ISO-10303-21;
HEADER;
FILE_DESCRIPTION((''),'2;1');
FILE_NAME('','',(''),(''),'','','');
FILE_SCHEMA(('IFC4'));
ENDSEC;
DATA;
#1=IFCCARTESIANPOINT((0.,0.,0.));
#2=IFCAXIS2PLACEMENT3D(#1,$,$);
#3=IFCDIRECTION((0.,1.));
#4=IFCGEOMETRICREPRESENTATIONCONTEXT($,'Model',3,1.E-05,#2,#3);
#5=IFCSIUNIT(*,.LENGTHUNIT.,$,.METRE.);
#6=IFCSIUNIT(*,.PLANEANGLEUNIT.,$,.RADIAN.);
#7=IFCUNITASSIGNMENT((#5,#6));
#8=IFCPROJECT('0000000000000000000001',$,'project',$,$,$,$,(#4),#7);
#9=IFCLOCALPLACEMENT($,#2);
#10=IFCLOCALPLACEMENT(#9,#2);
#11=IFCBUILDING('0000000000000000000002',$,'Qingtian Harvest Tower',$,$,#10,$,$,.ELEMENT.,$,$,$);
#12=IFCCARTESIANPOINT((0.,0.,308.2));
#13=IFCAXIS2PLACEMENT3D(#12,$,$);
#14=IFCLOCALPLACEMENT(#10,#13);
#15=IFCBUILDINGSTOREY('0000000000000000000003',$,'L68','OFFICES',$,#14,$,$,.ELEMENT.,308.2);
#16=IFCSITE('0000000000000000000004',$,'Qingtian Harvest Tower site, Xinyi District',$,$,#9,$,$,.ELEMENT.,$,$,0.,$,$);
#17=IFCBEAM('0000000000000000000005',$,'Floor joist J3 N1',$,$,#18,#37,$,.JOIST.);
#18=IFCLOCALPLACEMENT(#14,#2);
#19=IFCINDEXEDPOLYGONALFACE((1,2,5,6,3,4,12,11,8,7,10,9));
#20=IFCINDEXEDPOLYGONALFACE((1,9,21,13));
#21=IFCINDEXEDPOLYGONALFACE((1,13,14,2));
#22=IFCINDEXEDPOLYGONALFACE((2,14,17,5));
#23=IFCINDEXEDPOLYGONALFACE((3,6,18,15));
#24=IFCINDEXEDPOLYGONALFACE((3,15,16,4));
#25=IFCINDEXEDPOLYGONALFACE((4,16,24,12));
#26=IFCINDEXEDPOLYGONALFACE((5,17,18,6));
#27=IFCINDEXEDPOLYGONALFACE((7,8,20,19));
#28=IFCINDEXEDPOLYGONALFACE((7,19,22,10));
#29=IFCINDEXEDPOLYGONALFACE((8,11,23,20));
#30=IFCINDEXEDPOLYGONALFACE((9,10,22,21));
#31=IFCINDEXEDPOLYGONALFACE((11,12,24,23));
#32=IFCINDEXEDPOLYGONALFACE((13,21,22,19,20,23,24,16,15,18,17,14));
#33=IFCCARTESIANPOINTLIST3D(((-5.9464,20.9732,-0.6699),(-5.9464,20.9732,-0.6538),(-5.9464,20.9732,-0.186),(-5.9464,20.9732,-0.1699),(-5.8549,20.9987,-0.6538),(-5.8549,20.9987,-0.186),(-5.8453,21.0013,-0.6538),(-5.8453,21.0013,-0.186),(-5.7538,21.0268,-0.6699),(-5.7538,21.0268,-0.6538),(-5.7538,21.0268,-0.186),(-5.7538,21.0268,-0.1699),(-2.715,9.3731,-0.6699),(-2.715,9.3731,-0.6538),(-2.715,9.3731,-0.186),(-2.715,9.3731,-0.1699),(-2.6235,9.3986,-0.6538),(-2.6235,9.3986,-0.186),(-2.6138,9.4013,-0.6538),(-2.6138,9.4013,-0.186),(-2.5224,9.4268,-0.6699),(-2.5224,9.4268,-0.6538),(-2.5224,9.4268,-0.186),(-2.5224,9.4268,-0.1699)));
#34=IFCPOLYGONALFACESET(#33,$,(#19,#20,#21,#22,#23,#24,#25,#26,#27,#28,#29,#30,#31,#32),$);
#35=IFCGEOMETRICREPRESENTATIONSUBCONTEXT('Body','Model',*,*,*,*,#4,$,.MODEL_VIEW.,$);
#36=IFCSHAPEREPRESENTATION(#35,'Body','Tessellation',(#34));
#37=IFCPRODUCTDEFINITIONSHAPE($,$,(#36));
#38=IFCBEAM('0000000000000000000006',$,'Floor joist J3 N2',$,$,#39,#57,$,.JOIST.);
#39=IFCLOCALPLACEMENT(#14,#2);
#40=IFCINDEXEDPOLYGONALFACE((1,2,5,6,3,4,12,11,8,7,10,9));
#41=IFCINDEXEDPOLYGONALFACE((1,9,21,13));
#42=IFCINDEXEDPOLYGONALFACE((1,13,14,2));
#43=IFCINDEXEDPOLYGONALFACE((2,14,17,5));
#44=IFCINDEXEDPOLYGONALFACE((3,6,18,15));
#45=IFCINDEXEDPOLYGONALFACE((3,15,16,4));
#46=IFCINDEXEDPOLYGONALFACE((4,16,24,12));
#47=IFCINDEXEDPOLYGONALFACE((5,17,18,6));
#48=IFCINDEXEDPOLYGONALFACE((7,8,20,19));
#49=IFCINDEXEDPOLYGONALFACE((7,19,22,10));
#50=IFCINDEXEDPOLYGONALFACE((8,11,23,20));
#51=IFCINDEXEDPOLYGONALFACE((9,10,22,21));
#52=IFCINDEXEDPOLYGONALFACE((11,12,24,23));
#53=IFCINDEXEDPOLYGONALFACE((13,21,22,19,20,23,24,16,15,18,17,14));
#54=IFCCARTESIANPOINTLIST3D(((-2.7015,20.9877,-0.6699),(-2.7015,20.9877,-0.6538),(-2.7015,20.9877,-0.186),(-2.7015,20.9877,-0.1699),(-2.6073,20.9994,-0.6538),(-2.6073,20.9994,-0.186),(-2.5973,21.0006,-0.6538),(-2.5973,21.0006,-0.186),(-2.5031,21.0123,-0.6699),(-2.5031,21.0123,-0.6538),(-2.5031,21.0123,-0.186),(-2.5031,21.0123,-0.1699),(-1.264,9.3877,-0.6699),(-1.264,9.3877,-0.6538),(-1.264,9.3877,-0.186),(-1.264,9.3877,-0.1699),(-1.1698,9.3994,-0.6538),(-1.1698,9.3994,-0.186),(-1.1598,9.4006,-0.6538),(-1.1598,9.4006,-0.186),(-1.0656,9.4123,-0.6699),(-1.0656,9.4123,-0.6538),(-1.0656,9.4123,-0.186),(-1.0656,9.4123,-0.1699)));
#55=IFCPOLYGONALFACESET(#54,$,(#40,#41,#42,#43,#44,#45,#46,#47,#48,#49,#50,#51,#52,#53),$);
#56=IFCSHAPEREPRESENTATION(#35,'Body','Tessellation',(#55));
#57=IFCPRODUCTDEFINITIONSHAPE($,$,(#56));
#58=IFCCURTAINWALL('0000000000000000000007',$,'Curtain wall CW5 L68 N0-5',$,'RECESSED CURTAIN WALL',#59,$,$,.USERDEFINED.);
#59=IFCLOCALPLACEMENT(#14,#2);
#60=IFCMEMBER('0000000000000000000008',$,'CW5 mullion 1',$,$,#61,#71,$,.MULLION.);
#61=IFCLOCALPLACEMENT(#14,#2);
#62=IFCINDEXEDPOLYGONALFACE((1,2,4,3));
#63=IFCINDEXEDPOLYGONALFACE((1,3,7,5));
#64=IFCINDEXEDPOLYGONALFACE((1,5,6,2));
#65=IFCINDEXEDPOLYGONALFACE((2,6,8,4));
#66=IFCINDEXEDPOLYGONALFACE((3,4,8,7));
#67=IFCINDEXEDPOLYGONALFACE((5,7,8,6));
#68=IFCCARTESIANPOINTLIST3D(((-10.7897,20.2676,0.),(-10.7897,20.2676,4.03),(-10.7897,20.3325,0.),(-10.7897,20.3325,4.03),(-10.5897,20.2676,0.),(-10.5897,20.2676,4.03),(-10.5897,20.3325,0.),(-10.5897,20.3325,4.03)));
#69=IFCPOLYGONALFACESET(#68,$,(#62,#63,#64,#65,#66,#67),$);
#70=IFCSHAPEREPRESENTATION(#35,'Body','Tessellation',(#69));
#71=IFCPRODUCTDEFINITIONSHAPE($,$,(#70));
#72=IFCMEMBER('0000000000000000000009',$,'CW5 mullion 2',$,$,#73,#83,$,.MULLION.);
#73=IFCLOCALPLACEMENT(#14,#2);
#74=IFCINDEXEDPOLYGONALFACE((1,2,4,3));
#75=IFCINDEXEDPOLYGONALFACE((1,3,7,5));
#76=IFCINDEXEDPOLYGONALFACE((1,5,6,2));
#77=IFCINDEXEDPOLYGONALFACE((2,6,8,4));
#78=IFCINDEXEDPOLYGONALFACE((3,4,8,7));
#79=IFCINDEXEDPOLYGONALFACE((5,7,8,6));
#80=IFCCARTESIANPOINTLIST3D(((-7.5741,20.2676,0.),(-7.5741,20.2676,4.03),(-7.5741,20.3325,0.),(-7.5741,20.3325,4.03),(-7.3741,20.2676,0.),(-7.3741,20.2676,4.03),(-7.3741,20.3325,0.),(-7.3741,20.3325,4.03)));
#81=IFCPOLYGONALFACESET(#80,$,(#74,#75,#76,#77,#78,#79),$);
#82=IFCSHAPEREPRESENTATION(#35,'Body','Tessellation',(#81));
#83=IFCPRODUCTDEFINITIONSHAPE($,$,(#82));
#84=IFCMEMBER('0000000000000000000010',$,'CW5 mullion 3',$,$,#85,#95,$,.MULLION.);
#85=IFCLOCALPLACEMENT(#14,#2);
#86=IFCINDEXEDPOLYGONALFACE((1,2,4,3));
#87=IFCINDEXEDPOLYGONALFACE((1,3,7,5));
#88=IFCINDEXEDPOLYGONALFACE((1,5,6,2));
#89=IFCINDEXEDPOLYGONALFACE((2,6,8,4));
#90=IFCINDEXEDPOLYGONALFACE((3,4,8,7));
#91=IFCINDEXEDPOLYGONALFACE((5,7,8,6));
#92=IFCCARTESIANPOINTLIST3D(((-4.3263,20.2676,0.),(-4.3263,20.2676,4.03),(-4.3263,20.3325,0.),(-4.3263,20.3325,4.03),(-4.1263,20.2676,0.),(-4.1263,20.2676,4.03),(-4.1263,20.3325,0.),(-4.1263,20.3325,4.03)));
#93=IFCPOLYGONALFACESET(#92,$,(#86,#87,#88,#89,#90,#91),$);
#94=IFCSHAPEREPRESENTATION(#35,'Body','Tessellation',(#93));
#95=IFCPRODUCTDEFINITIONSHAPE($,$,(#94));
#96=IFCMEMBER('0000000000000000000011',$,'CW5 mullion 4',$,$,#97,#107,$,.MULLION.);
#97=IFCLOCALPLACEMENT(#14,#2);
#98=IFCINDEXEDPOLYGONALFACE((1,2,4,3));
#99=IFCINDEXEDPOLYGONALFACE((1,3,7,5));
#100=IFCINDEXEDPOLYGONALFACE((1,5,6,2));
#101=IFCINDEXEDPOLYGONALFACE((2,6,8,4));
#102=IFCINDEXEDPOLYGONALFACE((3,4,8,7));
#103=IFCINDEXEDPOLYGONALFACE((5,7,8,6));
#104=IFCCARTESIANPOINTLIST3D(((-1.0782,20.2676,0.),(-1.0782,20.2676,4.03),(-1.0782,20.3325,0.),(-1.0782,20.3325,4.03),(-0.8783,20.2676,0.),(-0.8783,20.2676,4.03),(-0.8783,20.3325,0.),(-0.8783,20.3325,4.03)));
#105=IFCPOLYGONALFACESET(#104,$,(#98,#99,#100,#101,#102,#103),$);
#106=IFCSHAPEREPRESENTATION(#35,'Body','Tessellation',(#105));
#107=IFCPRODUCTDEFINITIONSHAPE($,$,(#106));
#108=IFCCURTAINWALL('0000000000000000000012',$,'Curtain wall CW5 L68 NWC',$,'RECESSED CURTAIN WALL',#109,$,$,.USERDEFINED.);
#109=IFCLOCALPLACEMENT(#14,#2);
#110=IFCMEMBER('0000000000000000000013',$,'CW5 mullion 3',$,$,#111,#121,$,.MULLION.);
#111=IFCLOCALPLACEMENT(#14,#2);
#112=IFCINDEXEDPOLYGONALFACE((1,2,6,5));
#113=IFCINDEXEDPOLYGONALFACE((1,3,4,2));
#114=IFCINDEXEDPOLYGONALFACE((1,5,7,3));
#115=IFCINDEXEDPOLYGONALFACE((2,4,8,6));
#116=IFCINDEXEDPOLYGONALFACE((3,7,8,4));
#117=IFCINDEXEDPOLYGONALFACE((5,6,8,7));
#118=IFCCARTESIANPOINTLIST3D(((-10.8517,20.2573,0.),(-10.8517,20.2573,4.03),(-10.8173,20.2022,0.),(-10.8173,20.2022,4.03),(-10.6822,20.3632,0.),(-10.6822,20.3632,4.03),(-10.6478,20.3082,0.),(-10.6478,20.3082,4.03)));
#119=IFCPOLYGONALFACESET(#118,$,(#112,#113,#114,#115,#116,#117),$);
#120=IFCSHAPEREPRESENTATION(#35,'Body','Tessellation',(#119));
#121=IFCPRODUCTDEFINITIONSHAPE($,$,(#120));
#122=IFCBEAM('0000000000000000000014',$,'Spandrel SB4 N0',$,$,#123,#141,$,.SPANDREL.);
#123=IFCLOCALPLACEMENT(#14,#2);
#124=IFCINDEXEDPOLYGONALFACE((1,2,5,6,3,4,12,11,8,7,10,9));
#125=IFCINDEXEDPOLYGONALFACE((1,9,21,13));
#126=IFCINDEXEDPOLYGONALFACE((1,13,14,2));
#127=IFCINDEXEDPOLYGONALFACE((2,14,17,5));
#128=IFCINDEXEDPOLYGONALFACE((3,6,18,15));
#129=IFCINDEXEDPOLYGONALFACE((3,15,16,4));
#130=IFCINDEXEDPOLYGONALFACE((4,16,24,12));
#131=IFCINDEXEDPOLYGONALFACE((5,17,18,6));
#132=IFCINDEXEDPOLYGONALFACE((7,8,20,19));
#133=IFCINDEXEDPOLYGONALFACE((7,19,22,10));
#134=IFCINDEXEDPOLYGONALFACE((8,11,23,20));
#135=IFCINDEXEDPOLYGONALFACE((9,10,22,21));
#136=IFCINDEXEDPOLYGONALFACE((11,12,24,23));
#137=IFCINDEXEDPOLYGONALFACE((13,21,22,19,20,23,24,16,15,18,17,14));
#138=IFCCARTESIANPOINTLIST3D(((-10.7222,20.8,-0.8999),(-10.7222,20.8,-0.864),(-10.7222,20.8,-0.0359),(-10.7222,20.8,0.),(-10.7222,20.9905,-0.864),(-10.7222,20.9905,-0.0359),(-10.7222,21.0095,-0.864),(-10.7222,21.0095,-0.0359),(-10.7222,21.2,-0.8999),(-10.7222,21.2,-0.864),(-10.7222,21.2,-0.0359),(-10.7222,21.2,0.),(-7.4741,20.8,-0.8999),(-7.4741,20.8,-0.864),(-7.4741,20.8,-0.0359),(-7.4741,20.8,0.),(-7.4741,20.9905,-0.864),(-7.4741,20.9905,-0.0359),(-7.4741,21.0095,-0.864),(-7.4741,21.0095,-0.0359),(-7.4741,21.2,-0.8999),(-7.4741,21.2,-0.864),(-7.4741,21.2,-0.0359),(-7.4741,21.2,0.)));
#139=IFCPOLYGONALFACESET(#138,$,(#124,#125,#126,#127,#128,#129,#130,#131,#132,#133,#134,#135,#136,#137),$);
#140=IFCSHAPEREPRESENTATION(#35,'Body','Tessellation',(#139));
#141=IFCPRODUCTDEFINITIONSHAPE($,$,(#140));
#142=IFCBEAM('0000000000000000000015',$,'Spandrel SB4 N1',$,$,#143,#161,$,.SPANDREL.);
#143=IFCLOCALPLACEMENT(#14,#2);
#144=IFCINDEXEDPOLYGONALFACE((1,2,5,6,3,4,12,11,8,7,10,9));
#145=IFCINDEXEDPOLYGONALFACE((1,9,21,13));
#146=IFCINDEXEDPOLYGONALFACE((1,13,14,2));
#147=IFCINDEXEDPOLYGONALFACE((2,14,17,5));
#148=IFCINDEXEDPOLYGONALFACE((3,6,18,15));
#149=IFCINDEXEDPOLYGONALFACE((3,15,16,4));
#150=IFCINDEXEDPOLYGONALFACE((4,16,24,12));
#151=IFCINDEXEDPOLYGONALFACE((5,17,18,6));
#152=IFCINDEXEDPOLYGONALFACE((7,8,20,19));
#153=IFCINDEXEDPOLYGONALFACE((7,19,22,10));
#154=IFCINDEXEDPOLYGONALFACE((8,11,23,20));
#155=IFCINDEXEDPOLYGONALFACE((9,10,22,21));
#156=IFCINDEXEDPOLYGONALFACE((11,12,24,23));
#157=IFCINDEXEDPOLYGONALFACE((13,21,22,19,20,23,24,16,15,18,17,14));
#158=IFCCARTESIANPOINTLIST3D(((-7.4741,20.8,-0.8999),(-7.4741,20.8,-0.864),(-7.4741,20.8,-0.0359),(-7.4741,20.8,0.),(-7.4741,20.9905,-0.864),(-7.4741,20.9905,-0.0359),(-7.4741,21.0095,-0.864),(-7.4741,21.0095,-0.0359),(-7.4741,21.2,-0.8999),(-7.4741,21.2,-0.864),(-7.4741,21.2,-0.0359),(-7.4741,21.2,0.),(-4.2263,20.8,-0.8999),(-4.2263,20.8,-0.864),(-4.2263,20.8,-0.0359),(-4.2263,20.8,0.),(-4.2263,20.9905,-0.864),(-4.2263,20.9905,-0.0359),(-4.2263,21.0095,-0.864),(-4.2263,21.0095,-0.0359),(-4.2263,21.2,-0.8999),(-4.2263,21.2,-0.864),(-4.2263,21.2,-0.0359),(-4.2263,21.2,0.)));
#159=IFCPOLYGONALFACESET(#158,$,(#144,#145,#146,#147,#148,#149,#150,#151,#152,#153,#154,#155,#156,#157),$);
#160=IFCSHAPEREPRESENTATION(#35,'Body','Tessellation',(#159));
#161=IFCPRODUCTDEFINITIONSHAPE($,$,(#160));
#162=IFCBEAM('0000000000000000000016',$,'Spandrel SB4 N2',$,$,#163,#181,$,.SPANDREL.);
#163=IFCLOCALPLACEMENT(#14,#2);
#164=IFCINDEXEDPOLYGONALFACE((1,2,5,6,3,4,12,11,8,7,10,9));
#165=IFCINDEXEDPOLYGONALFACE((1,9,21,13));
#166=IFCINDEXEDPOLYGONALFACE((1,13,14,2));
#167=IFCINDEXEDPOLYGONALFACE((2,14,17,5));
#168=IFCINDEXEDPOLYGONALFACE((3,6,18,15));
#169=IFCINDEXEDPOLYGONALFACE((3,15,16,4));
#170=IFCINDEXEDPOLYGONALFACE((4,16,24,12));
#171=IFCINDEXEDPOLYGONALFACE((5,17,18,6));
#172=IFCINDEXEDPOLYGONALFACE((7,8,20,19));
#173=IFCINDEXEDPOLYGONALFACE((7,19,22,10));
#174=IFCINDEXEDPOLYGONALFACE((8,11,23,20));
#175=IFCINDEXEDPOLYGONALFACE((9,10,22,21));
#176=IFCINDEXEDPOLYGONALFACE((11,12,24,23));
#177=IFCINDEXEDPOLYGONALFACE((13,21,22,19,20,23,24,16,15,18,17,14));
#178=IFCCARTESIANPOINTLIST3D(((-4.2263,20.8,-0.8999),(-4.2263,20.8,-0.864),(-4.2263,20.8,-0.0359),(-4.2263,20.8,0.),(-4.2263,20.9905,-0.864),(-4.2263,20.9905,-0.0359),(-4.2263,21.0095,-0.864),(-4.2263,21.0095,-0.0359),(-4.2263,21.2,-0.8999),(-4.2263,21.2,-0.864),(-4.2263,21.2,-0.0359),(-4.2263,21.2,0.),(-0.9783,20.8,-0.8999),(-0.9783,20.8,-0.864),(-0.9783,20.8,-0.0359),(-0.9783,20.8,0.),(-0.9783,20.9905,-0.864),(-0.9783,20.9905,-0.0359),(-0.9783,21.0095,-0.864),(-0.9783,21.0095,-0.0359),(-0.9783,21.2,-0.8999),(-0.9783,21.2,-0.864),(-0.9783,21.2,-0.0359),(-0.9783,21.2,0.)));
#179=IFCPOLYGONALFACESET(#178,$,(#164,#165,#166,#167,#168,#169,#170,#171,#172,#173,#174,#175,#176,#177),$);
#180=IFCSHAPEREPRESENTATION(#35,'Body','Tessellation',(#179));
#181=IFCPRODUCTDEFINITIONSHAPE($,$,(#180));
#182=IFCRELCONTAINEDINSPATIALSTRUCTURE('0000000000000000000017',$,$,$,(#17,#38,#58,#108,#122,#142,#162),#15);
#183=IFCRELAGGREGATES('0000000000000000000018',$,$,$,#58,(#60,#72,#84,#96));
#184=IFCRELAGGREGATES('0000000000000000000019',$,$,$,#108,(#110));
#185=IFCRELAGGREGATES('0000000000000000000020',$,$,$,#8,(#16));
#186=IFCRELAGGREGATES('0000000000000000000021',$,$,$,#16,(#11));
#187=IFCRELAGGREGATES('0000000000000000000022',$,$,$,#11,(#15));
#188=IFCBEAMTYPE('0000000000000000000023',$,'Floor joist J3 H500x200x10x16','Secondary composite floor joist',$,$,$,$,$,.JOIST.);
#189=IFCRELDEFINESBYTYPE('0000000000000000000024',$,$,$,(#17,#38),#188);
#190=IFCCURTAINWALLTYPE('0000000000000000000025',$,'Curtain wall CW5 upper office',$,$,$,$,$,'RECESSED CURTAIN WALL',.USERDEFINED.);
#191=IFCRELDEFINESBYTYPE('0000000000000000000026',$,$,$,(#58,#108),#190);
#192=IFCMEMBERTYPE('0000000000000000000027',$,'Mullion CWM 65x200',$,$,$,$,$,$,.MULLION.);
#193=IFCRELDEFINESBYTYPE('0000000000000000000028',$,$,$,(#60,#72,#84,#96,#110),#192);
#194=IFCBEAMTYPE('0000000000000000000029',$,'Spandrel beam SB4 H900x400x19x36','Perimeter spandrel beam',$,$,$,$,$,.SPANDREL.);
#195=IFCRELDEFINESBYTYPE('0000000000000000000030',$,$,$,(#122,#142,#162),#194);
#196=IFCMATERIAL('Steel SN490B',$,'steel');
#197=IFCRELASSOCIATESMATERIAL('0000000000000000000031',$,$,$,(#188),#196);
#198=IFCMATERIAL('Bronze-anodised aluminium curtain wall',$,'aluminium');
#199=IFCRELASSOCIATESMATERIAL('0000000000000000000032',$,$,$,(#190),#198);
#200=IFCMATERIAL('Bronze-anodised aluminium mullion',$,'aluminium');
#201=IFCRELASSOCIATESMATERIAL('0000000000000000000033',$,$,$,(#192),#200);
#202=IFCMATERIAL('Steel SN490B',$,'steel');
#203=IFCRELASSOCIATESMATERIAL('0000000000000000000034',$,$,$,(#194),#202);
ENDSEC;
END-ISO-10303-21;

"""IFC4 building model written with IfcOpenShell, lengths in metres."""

from ifc_helpers import new_model, si_unit, direction, frame, origin, origin_2d, place, context, subcontext, project, spatial, rectangle, i_section, extrude, material, material_profile, profile_set, type_object, element, aggregate, save


model = new_model("IFC4")

# Units and contexts
model_context = context("Model", 3, precision=1e-05, world=origin(), true_north=direction((0.0, 1.0)))
body_context = subcontext(model_context, "Body", "Model", "MODEL_VIEW")
ifc_project = project(units=[si_unit("LENGTHUNIT", "METRE"), si_unit("PLANEANGLEUNIT", "RADIAN")], contexts=[model_context])

# Site, building, storey
site_placement = place(None, origin())
site = spatial("IfcSite", under=ifc_project, at=site_placement, Name="Qingtian Harvest Tower site, Xinyi District", CompositionType="ELEMENT", RefElevation=0.0)
building_placement = place(site_placement, origin())
building = spatial("IfcBuilding", under=site, at=building_placement, Name="Qingtian Harvest Tower", CompositionType="ELEMENT")
storey_placement = place(building_placement, frame((0.0, 0.0, 308.2)))
storey = spatial("IfcBuildingStorey", under=building, at=storey_placement, Name="L68", Description="OFFICES", CompositionType="ELEMENT", Elevation=308.2)

# Beams
ifc_material_1 = material(Name="Steel SN490B", Category="steel")
ifc_material_profile_1 = material_profile(ifc_material_1, i_section(OverallWidth=0.2, OverallDepth=0.5, WebThickness=0.01, FlangeThickness=0.0161, at=origin_2d()), Name="H500x200x10x16")
ifc_profile_set_1 = profile_set([ifc_material_profile_1], Name="Steel SN490B")
beam_type_1 = type_object("IfcBeamType", Name="Floor joist J3 H500x200x10x16", Description="Secondary composite floor joist", PredefinedType="JOIST", material=ifc_profile_set_1)
beam_1_placement = place(storey_placement, frame((-5.8501, 21.0, -0.4199), z_axis=(0.268353, -0.963321, 0.0), x_axis=(0.963321, 0.268353, 0.0)))
element("IfcBeam", 1, at=beam_1_placement, inside=storey, type_object=beam_type_1, Name="Floor joist J3 N1", PredefinedType="JOIST", context=body_context, shape_type="SweptSolid", body=[
    extrude(i_section(OverallWidth=0.2, OverallDepth=0.5, WebThickness=0.01, FlangeThickness=0.0161, at=origin_2d()), origin(), (0.0, 0.0, 1.0), 12.0417),
])
beam_2_placement = place(storey_placement, frame((-2.6023, 21.0, -0.4199), z_axis=(0.122981, -0.992409, 0.0), x_axis=(0.992409, 0.122981, 0.0)))
element("IfcBeam", 2, at=beam_2_placement, inside=storey, type_object=beam_type_1, Name="Floor joist J3 N2", PredefinedType="JOIST", context=body_context, shape_type="SweptSolid", body=[
    extrude(i_section(OverallWidth=0.2, OverallDepth=0.5, WebThickness=0.01, FlangeThickness=0.0161, at=origin_2d()), origin(), (0.0, 0.0, 1.0), 11.6887),
])

# Curtain wall, members
ifc_material_2 = material(Name="Bronze-anodised aluminium curtain wall", Category="aluminium")
curtain_wall_type = type_object("IfcCurtainWallType", Name="Curtain wall CW5 upper office", ElementType="RECESSED CURTAIN WALL", PredefinedType="USERDEFINED", material=ifc_material_2)
curtain_wall_1_placement = place(storey_placement, origin())
curtain_wall_1 = element("IfcCurtainWall", 3, at=curtain_wall_1_placement, inside=storey, type_object=curtain_wall_type, Name="Curtain wall CW5 L68 N0-5", ObjectType="RECESSED CURTAIN WALL", PredefinedType="USERDEFINED")
ifc_material_3 = material(Name="Bronze-anodised aluminium mullion", Category="aluminium")
ifc_material_profile_2 = material_profile(ifc_material_3, rectangle(XDim=0.0649, YDim=0.2, at=origin_2d()), Name="AL 65x200")
ifc_profile_set_2 = profile_set([ifc_material_profile_2], Name="Bronze-anodised aluminium mullion")
member_type_1 = type_object("IfcMemberType", Name="Mullion CWM 65x200", PredefinedType="MULLION", material=ifc_profile_set_2)
member_1_placement = place(storey_placement, frame((-10.6897, 20.3, 0.0), z_axis=(0.0, 0.0, 1.0), x_axis=(0.0, 1.0, 0.0)))
member_1 = element("IfcMember", 4, at=member_1_placement, type_object=member_type_1, Name="CW5 mullion 1", PredefinedType="MULLION", context=body_context, shape_type="SweptSolid", body=[
    extrude(rectangle(XDim=0.0649, YDim=0.2, at=origin_2d()), origin(), (0.0, 0.0, 1.0), 4.03),
])
member_2_placement = place(storey_placement, frame((-7.4741, 20.3, 0.0), z_axis=(0.0, 0.0, 1.0), x_axis=(0.0, 1.0, 0.0)))
member_2 = element("IfcMember", 5, at=member_2_placement, type_object=member_type_1, Name="CW5 mullion 2", PredefinedType="MULLION", context=body_context, shape_type="SweptSolid", body=[
    extrude(rectangle(XDim=0.0649, YDim=0.2, at=origin_2d()), origin(), (0.0, 0.0, 1.0), 4.03),
])
member_3_placement = place(storey_placement, frame((-4.2263, 20.3, 0.0), z_axis=(0.0, 0.0, 1.0), x_axis=(0.0, 1.0, 0.0)))
member_3 = element("IfcMember", 6, at=member_3_placement, type_object=member_type_1, Name="CW5 mullion 3", PredefinedType="MULLION", context=body_context, shape_type="SweptSolid", body=[
    extrude(rectangle(XDim=0.0649, YDim=0.2, at=origin_2d()), origin(), (0.0, 0.0, 1.0), 4.03),
])
member_4_placement = place(storey_placement, frame((-0.9783, 20.3, 0.0), z_axis=(0.0, 0.0, 1.0), x_axis=(0.0, 1.0, 0.0)))
member_4 = element("IfcMember", 7, at=member_4_placement, type_object=member_type_1, Name="CW5 mullion 4", PredefinedType="MULLION", context=body_context, shape_type="SweptSolid", body=[
    extrude(rectangle(XDim=0.0649, YDim=0.2, at=origin_2d()), origin(), (0.0, 0.0, 1.0), 4.03),
])

# Curtain wall, member
curtain_wall_2_placement = place(storey_placement, origin())
curtain_wall_2 = element("IfcCurtainWall", 8, at=curtain_wall_2_placement, inside=storey, type_object=curtain_wall_type, Name="Curtain wall CW5 L68 NWC", ObjectType="RECESSED CURTAIN WALL", PredefinedType="USERDEFINED")
member_5_placement = place(storey_placement, frame((-10.7498, 20.2827, 0.0), z_axis=(0.0, 0.0, 1.0), x_axis=(-0.529919, 0.848048, 0.0)))
member_5 = element("IfcMember", 9, at=member_5_placement, type_object=member_type_1, Name="CW5 mullion 3", PredefinedType="MULLION", context=body_context, shape_type="SweptSolid", body=[
    extrude(rectangle(XDim=0.0649, YDim=0.2, at=origin_2d()), origin(), (0.0, 0.0, 1.0), 4.03),
])

# Beams
ifc_material_4 = material(Name="Steel SN490B", Category="steel")
ifc_material_profile_3 = material_profile(ifc_material_4, i_section(OverallWidth=0.3999, OverallDepth=0.8999, WebThickness=0.019, FlangeThickness=0.0359, at=origin_2d()), Name="H900x400x19x36")
ifc_profile_set_3 = profile_set([ifc_material_profile_3], Name="Steel SN490B")
beam_type_2 = type_object("IfcBeamType", Name="Spandrel beam SB4 H900x400x19x36", Description="Perimeter spandrel beam", PredefinedType="SPANDREL", material=ifc_profile_set_3)
beam_3_placement = place(storey_placement, frame((-10.7222, 21.0, -0.45), z_axis=(1.0, 0.0, 0.0), x_axis=(0.0, 1.0, 0.0)))
element("IfcBeam", 10, at=beam_3_placement, inside=storey, type_object=beam_type_2, Name="Spandrel SB4 N0", PredefinedType="SPANDREL", context=body_context, shape_type="SweptSolid", body=[
    extrude(i_section(OverallWidth=0.3999, OverallDepth=0.8999, WebThickness=0.019, FlangeThickness=0.0359, at=origin_2d()), origin(), (0.0, 0.0, 1.0), 3.248),
])
beam_4_placement = place(storey_placement, frame((-7.4741, 21.0, -0.45), z_axis=(1.0, 0.0, 0.0), x_axis=(0.0, 1.0, 0.0)))
element("IfcBeam", 11, at=beam_4_placement, inside=storey, type_object=beam_type_2, Name="Spandrel SB4 N1", PredefinedType="SPANDREL", context=body_context, shape_type="SweptSolid", body=[
    extrude(i_section(OverallWidth=0.3999, OverallDepth=0.8999, WebThickness=0.019, FlangeThickness=0.0359, at=origin_2d()), origin(), (0.0, 0.0, 1.0), 3.2478),
])
for number, where, z_axis, x_axis, name in (
    (12, (-4.2263, 21.0, -0.45), (1.0, 0.0, 0.0), (0.0, 1.0, 0.0), "Spandrel SB4 N2"),
):
    element("IfcBeam", number, at=place(storey_placement, frame(where, z_axis=z_axis, x_axis=x_axis)), inside=storey, type_object=beam_type_2, Name=name, PredefinedType="SPANDREL", context=body_context, shape_type="SweptSolid", body=[
        extrude(i_section(OverallWidth=0.3999, OverallDepth=0.8999, WebThickness=0.019, FlangeThickness=0.0359, at=origin_2d()), origin(), (0.0, 0.0, 1.0), 3.248),
    ])

aggregate(curtain_wall_1, [member_1, member_2, member_3, member_4])
aggregate(curtain_wall_2, [member_5])

save(model, "model.ifc")
